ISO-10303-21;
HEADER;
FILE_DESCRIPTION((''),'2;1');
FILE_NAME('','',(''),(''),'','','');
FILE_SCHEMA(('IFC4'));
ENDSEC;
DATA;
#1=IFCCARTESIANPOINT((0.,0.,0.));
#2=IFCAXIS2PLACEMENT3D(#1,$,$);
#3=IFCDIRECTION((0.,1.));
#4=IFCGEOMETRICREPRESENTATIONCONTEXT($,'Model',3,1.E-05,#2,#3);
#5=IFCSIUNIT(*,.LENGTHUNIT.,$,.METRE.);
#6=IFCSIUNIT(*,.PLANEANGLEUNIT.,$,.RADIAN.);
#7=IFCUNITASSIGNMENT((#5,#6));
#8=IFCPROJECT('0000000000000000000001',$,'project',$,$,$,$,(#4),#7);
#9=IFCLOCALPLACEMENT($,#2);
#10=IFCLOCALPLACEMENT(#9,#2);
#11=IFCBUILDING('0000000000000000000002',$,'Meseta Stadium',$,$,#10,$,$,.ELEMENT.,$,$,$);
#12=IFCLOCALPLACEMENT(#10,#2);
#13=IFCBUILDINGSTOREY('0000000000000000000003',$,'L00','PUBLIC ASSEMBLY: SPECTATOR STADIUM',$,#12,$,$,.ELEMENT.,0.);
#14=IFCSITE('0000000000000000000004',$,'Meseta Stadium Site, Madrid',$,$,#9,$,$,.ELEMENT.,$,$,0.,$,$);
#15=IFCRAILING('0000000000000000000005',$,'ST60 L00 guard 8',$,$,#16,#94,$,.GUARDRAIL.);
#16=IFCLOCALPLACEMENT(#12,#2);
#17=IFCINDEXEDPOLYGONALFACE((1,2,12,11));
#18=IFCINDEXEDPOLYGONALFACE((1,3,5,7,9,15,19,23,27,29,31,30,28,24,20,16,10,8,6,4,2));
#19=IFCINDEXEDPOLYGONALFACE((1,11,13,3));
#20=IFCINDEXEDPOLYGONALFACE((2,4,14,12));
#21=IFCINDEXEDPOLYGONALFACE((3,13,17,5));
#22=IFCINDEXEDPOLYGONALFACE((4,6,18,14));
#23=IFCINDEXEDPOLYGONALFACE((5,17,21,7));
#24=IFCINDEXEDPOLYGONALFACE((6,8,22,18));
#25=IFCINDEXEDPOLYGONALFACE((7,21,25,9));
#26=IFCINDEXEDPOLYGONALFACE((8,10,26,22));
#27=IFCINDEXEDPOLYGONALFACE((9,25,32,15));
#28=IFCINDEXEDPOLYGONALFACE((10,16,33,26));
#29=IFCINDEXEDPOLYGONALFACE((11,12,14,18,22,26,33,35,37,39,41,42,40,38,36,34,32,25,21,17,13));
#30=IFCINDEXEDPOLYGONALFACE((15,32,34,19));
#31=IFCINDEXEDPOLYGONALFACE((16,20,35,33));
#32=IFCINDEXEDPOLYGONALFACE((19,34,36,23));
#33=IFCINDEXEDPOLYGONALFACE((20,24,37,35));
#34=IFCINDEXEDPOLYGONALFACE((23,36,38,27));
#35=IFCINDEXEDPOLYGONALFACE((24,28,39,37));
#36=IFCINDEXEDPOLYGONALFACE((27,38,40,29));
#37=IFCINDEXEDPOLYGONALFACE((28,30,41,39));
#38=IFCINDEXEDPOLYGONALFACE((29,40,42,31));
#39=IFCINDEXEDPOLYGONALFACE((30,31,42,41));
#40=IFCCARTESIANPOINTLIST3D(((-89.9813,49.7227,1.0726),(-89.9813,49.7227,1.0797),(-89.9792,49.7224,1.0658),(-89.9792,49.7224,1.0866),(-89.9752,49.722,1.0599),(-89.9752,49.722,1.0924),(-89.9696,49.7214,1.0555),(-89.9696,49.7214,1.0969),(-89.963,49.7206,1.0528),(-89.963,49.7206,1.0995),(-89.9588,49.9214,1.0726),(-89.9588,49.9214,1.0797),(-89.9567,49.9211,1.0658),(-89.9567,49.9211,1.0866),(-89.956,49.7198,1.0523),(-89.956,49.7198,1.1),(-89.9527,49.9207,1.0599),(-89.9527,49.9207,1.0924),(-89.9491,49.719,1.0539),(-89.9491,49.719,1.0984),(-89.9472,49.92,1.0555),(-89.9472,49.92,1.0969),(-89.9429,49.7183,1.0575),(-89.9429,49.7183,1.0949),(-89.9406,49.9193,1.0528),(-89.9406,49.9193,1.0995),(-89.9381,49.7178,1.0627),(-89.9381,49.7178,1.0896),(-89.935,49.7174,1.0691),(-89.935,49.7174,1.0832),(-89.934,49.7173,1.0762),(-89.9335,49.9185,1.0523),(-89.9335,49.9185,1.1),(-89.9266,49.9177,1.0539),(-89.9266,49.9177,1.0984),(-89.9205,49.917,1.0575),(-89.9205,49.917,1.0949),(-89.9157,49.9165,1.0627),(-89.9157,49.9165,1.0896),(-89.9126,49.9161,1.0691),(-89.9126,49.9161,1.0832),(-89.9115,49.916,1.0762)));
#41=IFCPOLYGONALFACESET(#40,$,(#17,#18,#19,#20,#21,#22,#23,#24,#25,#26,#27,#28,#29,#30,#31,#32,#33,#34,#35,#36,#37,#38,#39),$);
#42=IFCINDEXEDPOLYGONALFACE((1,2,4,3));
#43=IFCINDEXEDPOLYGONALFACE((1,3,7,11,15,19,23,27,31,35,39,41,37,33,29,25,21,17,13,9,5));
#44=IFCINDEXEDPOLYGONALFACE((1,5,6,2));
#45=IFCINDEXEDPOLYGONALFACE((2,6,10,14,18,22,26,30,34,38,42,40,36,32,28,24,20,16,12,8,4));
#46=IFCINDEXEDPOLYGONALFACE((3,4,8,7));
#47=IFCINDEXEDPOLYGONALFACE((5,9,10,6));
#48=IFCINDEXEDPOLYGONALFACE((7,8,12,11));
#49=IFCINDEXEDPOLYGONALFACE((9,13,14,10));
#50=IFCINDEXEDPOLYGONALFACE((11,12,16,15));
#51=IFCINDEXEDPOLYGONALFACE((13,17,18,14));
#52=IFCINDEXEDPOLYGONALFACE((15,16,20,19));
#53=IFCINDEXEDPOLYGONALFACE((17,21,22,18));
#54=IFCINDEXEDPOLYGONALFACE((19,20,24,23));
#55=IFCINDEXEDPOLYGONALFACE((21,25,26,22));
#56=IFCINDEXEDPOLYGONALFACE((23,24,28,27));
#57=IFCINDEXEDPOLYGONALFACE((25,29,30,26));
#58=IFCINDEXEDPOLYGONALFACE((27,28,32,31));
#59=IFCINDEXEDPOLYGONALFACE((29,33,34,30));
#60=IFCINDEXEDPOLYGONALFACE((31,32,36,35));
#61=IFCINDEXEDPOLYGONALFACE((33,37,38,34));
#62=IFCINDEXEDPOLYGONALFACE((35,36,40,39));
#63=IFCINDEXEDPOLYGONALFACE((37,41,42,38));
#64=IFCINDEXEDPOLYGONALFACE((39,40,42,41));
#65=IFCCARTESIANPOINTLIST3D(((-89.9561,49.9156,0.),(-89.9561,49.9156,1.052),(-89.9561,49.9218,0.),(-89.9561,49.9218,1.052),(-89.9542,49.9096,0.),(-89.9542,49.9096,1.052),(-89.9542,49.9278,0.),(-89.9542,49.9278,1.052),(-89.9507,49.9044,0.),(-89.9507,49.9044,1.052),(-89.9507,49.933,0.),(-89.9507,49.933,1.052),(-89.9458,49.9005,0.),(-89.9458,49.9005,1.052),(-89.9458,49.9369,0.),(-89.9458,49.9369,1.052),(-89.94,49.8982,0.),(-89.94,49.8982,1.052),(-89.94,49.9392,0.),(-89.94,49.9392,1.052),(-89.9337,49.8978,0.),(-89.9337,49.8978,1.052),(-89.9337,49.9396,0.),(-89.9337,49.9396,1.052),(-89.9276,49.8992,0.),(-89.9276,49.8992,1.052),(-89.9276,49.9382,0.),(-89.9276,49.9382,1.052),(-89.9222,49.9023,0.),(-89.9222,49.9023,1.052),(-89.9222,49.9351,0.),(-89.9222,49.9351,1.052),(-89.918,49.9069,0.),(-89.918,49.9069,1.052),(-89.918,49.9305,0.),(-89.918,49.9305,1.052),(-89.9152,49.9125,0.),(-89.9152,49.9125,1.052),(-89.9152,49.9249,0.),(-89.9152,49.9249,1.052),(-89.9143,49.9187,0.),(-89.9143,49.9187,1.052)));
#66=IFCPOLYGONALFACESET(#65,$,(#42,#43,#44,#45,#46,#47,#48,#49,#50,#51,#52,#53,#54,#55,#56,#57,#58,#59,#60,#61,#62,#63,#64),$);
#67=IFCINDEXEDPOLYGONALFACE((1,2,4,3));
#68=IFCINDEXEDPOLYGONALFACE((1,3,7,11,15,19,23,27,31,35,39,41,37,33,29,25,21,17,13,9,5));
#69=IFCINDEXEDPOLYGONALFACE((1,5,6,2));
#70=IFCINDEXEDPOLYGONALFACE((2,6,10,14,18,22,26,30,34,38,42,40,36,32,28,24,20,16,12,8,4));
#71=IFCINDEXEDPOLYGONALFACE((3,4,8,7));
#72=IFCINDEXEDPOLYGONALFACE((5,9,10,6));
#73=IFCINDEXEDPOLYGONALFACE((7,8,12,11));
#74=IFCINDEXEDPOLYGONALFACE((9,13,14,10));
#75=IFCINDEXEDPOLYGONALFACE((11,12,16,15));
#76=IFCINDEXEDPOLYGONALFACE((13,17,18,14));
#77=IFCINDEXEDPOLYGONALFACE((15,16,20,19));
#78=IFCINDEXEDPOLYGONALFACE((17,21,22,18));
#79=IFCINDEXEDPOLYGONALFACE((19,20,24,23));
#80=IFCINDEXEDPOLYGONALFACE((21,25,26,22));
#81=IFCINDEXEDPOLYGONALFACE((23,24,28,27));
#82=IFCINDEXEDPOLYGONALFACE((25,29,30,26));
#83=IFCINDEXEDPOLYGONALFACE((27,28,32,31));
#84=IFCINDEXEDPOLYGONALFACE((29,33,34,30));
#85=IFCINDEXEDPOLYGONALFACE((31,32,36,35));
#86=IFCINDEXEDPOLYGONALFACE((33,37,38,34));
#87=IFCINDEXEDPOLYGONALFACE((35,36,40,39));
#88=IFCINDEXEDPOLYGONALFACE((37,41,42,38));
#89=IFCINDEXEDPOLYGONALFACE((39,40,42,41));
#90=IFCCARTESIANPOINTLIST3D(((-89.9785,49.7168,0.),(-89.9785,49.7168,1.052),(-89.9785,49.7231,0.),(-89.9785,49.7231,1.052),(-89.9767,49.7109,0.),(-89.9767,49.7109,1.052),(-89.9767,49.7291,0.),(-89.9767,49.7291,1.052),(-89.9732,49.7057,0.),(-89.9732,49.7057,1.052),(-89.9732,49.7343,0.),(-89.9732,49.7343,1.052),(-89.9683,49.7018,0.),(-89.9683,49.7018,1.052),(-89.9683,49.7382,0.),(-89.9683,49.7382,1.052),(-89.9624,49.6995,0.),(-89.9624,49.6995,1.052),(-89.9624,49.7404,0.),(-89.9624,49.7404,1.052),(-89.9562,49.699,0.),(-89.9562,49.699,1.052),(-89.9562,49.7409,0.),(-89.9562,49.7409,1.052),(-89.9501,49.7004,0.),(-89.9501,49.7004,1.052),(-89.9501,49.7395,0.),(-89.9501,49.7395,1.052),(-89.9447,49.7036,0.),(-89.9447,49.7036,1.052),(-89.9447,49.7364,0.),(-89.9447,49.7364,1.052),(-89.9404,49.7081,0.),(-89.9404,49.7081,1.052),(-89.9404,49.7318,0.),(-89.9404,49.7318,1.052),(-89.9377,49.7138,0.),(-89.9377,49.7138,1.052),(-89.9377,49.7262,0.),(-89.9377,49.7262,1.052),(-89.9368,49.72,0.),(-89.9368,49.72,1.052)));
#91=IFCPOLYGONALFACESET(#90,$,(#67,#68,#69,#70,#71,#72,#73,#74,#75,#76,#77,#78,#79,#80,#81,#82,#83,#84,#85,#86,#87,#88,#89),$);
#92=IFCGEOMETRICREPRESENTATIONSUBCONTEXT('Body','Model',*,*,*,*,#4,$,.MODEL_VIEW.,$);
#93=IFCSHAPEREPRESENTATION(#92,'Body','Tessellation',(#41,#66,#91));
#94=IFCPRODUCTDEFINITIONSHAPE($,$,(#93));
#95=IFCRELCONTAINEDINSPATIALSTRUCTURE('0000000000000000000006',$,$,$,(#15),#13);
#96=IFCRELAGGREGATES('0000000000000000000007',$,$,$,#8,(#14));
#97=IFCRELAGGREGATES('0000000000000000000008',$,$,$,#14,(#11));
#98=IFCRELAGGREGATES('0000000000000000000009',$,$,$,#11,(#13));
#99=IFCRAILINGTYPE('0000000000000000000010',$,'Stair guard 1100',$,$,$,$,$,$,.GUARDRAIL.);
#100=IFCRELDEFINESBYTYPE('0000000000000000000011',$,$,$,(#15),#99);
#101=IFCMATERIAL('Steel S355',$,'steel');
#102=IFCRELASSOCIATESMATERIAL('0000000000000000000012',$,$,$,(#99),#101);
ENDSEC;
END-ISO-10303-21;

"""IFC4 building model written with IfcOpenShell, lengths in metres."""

from ifc_helpers import new_model, si_unit, direction, frame, origin, origin_2d, place, context, subcontext, project, spatial, circle, extrude, material, type_object, element, save


model = new_model("IFC4")

# Units and contexts
model_context = context("Model", 3, precision=1e-05, world=origin(), true_north=direction((0.0, 1.0)))
body_context = subcontext(model_context, "Body", "Model", "MODEL_VIEW")
ifc_project = project(units=[si_unit("LENGTHUNIT", "METRE"), si_unit("PLANEANGLEUNIT", "RADIAN")], contexts=[model_context])

# Site, building, storey
site_placement = place(None, origin())
site = spatial("IfcSite", under=ifc_project, at=site_placement, Name="Meseta Stadium Site, Madrid", CompositionType="ELEMENT", RefElevation=0.0)
building_placement = place(site_placement, origin())
building = spatial("IfcBuilding", under=site, at=building_placement, Name="Meseta Stadium", CompositionType="ELEMENT")
storey_placement = place(building_placement, origin())
storey = spatial("IfcBuildingStorey", under=building, at=storey_placement, Name="L00", Description="PUBLIC ASSEMBLY: SPECTATOR STADIUM", CompositionType="ELEMENT", Elevation=0.0)

# Railing
ifc_material_1 = material(Name="Steel S355", Category="steel")
railing_type_1 = type_object("IfcRailingType", Name="Stair guard 1100", PredefinedType="GUARDRAIL", material=ifc_material_1)
railing_1_placement = place(storey_placement, frame((-89.9353, 49.9187, 0.0)))
element("IfcRailing", 1, at=railing_1_placement, inside=storey, type_object=railing_type_1, Name="ST60 L00 guard 8", PredefinedType="GUARDRAIL", context=body_context, shape_type="SweptSolid", body=[
    extrude(circle(Radius=0.0239, at=origin_2d()), frame((0.0, 0.0, 1.0762), z_axis=(-0.112307, -0.993674, 0.0), x_axis=(0.993674, -0.112307, 0.0)), (0.0, 0.0, 1.0), 0.2),
    extrude(circle(Radius=0.021, at=origin_2d()), origin(), (0.0, 0.0, 1.0), 1.052),
    extrude(circle(Radius=0.021, at=origin_2d()), frame((-0.0225, -0.1987, 0.0)), (0.0, 0.0, 1.0), 1.052),
])

save(model, "model.ifc")
